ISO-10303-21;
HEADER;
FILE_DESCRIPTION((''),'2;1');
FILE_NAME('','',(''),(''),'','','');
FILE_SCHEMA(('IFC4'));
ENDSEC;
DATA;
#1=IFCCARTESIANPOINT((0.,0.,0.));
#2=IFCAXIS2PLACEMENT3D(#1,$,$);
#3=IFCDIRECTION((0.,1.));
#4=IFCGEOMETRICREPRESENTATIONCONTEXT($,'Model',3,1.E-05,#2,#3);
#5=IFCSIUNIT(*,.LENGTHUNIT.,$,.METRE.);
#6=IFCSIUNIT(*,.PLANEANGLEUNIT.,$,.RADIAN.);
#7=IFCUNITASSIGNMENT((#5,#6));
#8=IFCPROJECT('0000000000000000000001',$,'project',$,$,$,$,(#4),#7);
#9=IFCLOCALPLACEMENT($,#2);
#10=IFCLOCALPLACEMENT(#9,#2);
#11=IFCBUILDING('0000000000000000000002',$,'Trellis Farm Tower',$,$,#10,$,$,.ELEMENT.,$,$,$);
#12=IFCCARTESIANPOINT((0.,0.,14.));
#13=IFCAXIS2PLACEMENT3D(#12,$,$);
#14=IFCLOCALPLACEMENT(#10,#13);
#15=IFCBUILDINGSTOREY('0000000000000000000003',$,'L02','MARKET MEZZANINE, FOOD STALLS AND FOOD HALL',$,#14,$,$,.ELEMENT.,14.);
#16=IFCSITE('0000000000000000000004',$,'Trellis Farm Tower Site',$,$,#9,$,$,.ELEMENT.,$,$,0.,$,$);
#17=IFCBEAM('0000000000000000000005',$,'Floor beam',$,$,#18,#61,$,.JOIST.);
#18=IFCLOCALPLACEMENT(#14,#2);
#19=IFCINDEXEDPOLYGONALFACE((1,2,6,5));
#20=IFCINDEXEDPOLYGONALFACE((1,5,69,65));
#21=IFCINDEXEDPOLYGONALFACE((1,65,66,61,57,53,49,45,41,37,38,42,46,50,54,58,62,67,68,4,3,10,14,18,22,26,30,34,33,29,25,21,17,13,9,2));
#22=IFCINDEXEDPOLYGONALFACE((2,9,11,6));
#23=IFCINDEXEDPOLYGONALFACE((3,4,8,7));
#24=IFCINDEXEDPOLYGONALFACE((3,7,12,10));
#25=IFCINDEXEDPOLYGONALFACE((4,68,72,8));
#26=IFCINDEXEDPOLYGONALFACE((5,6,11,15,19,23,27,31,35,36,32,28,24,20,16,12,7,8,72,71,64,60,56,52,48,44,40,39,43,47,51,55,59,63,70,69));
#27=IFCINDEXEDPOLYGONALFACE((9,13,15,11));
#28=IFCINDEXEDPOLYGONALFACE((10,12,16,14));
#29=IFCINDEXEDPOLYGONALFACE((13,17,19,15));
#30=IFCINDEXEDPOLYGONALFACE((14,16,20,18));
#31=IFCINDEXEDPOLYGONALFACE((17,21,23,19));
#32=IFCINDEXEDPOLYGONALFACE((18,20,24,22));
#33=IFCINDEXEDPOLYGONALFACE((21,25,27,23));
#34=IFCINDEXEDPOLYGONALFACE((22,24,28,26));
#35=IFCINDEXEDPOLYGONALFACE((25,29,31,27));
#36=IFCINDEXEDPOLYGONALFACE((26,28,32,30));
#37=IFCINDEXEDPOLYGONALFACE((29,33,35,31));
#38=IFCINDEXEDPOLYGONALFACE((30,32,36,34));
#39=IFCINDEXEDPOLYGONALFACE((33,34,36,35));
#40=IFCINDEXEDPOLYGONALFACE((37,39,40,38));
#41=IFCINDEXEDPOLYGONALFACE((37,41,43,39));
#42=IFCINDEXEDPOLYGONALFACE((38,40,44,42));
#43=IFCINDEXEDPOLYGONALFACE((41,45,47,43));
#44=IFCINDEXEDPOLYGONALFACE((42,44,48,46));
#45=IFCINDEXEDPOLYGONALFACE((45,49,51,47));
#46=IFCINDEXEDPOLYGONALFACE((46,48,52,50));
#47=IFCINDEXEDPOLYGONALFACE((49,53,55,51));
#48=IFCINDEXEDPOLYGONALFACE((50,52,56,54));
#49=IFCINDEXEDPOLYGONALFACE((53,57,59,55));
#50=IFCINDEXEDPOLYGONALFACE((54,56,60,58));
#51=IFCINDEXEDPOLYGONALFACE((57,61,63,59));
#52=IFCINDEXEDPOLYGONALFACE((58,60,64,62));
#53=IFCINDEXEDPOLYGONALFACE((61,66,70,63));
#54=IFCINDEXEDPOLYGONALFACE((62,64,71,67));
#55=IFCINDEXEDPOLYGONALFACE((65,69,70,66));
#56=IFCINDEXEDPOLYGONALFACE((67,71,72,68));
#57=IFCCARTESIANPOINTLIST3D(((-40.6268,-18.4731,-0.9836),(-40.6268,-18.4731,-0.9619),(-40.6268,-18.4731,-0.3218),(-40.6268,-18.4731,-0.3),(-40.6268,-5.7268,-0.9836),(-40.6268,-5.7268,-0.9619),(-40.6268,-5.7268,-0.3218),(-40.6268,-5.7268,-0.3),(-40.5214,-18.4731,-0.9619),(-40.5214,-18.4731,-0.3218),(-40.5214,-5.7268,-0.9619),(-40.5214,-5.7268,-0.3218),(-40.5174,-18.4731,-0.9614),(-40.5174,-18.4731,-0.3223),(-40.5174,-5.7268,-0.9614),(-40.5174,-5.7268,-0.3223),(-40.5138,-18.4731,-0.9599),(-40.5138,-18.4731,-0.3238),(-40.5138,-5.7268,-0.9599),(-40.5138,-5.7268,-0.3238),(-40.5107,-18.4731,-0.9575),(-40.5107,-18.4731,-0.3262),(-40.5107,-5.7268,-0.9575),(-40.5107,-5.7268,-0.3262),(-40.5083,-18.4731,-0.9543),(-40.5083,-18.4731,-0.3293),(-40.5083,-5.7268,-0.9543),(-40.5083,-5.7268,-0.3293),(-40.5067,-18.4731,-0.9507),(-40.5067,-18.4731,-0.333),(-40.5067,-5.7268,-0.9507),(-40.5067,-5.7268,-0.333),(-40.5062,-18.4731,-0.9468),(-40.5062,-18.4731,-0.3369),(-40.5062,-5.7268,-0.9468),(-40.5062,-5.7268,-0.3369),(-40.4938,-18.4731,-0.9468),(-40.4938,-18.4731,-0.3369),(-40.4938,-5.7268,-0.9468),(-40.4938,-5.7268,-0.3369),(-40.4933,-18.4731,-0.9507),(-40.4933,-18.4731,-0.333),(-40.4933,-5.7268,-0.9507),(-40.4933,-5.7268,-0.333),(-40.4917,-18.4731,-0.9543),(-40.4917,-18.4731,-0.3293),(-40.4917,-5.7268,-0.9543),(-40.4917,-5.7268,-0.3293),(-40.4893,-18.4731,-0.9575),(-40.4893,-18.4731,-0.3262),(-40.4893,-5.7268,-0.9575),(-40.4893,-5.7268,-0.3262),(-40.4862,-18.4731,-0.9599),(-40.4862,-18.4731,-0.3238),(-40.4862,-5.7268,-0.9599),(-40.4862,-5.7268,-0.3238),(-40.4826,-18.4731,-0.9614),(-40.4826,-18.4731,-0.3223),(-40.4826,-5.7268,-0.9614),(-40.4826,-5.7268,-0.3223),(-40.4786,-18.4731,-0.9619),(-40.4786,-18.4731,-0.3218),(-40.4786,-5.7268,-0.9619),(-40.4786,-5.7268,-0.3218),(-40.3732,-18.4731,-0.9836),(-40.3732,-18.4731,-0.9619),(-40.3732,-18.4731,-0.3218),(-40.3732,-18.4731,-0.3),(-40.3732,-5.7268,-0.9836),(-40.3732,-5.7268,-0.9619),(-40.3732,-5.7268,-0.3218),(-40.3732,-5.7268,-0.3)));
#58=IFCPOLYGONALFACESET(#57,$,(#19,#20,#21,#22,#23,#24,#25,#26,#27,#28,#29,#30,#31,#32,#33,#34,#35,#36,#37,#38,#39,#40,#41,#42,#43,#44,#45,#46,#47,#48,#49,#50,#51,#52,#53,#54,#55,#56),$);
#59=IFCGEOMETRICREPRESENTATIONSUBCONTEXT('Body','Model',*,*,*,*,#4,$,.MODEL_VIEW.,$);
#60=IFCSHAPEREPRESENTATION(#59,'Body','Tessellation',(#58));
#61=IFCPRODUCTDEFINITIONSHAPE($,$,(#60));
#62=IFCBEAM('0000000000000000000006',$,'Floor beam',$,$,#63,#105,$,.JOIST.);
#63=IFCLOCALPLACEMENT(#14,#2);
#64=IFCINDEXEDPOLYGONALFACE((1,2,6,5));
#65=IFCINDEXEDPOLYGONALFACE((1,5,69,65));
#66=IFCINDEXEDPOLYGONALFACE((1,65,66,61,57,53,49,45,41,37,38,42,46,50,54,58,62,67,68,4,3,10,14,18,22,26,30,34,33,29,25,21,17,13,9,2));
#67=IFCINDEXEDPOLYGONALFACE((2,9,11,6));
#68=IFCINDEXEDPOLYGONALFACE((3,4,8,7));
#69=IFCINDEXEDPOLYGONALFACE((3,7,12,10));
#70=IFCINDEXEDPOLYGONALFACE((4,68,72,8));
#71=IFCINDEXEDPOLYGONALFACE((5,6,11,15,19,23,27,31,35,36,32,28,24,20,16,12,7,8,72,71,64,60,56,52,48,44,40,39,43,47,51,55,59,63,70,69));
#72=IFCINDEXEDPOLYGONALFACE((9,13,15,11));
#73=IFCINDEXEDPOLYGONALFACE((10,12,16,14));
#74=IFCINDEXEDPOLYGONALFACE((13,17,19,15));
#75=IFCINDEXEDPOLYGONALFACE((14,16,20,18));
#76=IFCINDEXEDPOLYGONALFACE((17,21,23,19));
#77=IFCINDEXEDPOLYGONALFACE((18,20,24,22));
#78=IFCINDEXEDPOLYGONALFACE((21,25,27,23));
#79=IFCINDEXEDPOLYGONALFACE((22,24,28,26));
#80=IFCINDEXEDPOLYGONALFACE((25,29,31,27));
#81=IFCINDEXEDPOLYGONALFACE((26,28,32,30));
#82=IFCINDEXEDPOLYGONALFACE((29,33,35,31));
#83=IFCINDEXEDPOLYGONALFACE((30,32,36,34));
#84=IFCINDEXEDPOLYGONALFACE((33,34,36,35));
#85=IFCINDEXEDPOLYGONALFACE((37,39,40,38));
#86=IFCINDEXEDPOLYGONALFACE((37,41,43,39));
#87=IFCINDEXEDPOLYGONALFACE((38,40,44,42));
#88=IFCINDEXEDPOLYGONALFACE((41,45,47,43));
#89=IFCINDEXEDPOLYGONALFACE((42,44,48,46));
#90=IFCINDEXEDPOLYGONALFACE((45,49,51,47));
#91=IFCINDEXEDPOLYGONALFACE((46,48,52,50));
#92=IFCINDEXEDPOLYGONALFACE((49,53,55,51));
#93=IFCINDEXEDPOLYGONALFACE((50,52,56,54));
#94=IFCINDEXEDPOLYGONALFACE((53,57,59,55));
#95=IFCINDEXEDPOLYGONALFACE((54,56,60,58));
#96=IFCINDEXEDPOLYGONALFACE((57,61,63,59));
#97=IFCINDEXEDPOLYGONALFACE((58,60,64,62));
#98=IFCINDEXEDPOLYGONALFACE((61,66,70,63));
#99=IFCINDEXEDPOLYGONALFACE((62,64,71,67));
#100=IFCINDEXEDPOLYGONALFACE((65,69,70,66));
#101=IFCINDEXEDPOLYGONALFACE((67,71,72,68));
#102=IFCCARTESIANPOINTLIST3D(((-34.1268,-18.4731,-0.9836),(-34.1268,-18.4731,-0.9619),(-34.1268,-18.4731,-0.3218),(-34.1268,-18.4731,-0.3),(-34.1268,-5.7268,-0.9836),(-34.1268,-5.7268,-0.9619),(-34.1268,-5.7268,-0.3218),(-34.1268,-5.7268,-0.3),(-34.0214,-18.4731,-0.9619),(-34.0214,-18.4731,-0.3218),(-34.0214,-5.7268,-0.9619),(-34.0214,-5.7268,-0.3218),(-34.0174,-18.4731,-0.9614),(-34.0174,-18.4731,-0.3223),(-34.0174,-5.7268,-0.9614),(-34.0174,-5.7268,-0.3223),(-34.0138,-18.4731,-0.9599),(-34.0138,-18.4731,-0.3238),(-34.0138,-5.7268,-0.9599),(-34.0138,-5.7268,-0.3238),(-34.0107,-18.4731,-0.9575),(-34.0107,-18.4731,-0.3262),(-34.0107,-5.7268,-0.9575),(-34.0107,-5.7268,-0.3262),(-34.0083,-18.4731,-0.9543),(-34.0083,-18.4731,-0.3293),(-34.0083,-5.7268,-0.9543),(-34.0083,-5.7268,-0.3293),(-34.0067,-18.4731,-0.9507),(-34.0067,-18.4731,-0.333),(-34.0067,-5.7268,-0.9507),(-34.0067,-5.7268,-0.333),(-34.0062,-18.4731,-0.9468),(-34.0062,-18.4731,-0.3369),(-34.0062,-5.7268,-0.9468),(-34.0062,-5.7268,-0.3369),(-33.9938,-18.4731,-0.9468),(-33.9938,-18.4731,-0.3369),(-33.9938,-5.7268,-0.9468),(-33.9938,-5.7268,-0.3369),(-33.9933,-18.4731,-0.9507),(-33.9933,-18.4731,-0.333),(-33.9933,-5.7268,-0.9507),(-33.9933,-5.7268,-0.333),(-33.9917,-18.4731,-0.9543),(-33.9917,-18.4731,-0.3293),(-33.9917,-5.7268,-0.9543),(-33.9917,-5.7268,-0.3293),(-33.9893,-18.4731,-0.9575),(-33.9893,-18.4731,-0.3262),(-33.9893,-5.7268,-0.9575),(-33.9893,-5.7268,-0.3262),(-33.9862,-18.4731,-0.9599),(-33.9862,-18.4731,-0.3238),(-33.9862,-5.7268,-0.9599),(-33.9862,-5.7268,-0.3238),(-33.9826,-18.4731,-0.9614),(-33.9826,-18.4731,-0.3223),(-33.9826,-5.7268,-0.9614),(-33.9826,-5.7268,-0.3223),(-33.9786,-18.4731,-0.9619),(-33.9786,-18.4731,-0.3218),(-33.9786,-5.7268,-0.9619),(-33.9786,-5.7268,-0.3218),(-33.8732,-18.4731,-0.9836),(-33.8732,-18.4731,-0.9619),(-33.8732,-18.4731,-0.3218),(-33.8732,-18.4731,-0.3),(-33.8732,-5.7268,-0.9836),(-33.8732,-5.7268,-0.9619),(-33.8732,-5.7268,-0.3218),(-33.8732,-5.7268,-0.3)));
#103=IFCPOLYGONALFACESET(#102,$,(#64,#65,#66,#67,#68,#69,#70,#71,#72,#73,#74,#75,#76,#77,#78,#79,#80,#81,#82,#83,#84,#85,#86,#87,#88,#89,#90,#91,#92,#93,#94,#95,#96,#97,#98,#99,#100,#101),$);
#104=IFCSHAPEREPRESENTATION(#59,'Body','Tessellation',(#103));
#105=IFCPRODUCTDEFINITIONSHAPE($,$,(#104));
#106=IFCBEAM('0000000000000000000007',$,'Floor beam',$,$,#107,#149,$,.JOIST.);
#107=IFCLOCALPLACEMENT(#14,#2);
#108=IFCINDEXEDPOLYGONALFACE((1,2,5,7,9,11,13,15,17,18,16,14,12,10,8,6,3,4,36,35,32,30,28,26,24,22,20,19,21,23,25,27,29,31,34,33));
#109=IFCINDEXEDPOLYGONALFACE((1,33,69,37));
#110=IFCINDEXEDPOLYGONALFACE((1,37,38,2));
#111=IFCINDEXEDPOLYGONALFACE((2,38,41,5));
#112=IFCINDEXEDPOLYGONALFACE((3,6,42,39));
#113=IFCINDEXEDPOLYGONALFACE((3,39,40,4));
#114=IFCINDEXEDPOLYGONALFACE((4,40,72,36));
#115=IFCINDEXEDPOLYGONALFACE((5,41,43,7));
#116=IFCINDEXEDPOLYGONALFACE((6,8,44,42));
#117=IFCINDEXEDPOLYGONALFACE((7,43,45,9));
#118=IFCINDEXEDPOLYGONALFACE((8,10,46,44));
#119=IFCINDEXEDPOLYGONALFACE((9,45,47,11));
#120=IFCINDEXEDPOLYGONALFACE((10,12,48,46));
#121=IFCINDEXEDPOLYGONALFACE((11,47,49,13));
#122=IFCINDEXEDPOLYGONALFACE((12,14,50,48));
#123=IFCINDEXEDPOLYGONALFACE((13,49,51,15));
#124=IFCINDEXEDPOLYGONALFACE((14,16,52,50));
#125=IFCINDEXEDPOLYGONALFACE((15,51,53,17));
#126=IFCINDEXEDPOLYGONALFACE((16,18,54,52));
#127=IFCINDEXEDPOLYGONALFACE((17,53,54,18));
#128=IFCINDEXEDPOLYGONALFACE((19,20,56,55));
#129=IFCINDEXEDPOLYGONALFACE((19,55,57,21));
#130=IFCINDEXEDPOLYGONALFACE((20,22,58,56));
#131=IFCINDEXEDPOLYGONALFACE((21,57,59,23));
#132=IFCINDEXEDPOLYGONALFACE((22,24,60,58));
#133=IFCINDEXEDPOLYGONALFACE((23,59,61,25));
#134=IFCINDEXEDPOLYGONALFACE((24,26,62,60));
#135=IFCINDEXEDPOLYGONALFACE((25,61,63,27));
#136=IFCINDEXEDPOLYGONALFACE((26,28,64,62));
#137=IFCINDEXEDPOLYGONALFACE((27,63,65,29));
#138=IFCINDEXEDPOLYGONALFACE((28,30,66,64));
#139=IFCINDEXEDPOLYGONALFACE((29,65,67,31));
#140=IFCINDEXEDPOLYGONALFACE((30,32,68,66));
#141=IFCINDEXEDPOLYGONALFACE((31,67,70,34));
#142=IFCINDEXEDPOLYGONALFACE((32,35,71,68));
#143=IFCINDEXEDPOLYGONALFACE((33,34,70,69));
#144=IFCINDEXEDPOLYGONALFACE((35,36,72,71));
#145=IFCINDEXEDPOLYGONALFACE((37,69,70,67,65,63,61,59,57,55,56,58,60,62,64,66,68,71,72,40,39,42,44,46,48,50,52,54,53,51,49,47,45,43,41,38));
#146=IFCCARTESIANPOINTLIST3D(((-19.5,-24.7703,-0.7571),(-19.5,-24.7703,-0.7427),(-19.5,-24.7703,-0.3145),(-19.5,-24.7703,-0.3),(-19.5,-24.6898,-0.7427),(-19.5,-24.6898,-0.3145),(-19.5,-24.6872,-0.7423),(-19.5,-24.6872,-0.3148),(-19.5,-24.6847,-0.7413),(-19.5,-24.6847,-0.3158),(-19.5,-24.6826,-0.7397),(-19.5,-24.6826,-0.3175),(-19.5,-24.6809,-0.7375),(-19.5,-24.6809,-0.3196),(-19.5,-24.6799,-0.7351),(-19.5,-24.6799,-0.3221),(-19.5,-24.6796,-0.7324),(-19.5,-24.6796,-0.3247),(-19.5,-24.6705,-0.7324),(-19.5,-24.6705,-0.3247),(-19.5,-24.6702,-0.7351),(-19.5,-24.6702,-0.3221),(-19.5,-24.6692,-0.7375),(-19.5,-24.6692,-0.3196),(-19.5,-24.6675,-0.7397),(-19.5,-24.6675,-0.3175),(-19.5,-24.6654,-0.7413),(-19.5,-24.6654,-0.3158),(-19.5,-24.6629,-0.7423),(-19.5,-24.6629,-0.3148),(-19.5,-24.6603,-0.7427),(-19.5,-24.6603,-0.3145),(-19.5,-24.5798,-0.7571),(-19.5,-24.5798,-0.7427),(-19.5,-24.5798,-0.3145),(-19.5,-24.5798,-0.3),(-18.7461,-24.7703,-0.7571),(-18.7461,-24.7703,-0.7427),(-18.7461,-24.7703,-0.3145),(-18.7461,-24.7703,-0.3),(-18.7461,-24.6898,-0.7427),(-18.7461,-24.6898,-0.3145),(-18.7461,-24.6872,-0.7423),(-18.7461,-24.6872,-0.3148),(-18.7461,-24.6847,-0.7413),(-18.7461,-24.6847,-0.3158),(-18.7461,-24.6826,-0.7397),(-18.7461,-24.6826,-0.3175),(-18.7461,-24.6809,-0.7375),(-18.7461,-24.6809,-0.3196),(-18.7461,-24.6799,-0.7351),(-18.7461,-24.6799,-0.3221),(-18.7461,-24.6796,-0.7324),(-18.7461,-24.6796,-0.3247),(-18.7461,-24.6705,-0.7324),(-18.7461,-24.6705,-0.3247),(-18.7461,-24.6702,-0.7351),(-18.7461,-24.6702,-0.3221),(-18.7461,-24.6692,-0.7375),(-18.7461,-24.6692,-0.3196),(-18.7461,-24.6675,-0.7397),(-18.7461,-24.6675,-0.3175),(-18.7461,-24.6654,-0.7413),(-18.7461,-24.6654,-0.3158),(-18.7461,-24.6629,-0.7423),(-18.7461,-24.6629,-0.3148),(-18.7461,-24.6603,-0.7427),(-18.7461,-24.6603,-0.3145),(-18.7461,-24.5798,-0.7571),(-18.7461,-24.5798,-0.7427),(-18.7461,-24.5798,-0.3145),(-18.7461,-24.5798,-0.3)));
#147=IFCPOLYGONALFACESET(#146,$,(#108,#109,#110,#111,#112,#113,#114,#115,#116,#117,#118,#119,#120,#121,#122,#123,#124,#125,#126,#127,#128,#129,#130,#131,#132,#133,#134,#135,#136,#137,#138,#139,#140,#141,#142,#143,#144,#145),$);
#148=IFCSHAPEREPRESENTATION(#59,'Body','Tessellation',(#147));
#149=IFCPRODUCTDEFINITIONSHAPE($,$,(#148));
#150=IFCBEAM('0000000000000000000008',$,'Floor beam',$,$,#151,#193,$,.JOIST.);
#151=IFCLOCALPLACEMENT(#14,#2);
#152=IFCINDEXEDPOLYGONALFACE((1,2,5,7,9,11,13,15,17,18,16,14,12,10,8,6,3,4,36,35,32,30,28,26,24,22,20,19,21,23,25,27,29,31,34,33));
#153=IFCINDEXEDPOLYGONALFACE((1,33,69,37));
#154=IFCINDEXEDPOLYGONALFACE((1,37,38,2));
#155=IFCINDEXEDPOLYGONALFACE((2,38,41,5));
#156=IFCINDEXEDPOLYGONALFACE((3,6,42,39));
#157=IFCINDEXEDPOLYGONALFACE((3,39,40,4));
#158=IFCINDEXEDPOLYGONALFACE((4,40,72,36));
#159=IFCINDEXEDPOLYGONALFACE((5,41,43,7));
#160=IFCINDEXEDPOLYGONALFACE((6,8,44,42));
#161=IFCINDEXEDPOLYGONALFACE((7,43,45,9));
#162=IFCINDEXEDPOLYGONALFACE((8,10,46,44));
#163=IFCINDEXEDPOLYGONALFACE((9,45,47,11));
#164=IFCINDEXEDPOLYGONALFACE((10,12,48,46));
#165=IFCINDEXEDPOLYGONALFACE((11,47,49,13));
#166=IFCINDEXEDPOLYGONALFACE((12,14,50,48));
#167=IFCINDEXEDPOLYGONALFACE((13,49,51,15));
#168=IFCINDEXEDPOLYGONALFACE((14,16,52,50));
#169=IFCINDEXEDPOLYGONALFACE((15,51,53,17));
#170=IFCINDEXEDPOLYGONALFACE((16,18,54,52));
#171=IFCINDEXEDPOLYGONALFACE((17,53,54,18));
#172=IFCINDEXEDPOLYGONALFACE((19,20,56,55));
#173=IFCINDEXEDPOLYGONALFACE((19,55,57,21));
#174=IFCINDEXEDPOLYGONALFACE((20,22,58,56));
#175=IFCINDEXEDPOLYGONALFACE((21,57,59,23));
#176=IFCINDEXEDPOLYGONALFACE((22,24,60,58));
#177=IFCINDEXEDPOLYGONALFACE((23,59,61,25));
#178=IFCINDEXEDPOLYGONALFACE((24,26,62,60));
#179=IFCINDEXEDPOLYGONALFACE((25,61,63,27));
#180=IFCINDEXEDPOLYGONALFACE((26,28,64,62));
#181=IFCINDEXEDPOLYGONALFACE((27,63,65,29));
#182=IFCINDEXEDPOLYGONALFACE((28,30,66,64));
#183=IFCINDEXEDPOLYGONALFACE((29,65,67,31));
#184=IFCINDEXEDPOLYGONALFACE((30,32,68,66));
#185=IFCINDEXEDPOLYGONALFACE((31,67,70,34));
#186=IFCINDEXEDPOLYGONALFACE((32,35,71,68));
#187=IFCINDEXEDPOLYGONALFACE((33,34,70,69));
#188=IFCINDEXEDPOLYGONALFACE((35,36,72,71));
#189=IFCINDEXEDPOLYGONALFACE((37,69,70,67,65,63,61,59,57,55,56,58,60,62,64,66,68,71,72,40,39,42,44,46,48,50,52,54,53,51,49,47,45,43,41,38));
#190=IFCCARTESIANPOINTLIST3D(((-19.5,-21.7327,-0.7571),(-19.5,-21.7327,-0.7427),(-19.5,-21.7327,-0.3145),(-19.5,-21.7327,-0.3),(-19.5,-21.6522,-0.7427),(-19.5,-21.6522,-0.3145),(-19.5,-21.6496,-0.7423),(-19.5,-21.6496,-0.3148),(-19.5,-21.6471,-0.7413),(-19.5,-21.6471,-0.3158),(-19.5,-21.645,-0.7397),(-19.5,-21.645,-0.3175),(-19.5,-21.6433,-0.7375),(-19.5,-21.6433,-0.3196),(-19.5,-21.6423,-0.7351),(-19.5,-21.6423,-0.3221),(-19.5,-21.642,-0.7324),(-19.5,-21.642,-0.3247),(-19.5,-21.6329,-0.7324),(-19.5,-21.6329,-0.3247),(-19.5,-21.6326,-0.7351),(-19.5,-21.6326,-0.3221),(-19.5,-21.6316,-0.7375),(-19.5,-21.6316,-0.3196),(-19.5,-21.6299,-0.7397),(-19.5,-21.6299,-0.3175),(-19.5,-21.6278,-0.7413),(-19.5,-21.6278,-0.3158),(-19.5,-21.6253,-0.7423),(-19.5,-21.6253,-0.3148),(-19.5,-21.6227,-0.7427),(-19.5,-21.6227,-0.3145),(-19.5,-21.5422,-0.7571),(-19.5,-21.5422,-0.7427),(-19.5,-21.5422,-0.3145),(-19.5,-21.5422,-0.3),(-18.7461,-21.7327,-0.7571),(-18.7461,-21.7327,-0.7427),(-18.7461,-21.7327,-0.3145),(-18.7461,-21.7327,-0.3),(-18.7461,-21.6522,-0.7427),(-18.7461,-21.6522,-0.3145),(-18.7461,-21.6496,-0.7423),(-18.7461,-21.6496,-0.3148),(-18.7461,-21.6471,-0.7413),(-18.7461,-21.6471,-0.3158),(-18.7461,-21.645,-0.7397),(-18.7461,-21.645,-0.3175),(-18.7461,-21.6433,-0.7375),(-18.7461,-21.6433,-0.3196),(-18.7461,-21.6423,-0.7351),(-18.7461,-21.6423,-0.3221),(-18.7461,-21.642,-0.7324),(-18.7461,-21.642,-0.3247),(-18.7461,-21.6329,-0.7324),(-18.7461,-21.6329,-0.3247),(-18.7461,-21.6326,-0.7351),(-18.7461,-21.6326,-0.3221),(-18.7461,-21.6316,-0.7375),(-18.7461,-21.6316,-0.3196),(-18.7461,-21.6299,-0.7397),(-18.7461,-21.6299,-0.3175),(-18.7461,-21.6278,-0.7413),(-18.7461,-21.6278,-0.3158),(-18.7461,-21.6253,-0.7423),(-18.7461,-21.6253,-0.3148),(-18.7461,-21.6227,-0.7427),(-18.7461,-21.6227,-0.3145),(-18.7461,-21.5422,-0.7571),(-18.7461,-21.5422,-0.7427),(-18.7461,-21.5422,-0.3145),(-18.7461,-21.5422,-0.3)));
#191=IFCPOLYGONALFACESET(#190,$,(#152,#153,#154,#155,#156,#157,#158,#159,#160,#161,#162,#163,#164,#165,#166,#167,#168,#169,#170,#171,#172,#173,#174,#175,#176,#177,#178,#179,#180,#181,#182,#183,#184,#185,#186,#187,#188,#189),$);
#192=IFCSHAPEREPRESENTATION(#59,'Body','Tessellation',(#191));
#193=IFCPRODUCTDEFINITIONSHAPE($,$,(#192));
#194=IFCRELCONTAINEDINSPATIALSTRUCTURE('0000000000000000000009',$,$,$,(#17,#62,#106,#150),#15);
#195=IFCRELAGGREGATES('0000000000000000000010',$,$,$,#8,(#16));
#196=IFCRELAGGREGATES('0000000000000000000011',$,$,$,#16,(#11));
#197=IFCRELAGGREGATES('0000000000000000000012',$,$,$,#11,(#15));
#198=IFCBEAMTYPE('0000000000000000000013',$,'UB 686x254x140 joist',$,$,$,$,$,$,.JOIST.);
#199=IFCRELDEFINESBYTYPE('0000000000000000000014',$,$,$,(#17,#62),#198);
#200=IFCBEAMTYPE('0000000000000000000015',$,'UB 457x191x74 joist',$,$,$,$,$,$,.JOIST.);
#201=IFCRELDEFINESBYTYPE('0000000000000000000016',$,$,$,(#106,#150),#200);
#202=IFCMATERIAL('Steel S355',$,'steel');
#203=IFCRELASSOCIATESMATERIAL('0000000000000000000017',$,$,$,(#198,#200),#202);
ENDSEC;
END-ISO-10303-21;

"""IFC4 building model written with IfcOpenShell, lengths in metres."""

from ifc_helpers import new_model, si_unit, direction, frame, origin, origin_2d, place, context, subcontext, project, spatial, i_section, extrude, source, transform, mapped, material, material_profile, profile_set, type_object, element, save


model = new_model("IFC4")

# Units and contexts
model_context = context("Model", 3, precision=1e-05, world=origin(), true_north=direction((0.0, 1.0)))
body_context = subcontext(model_context, "Body", "Model", "MODEL_VIEW")
ifc_project = project(units=[si_unit("LENGTHUNIT", "METRE"), si_unit("PLANEANGLEUNIT", "RADIAN")], contexts=[model_context])

# Site, building, storey
site_placement = place(None, origin())
site = spatial("IfcSite", under=ifc_project, at=site_placement, Name="Trellis Farm Tower Site", CompositionType="ELEMENT", RefElevation=0.0)
building_placement = place(site_placement, origin())
building = spatial("IfcBuilding", under=site, at=building_placement, Name="Trellis Farm Tower", CompositionType="ELEMENT")
storey_placement = place(building_placement, frame((0.0, 0.0, 14.0)))
storey = spatial("IfcBuildingStorey", under=building, at=storey_placement, Name="L02", Description="MARKET MEZZANINE, FOOD STALLS AND FOOD HALL", CompositionType="ELEMENT", Elevation=14.0)

# Beams
ifc_material_1 = material(Name="Steel S355", Category="steel")
ifc_material_profile_1 = material_profile(ifc_material_1, i_section(OverallWidth=0.2537, OverallDepth=0.6836, WebThickness=0.0125, FlangeThickness=0.0217, FilletRadius=0.0151, at=origin_2d()), Name="UB 686x254x140")
ifc_profile_set_1 = profile_set([ifc_material_profile_1], Name="Steel S355")
beam_type_1 = type_object("IfcBeamType", Name="UB 686x254x140 joist", PredefinedType="JOIST", material=ifc_profile_set_1)
shared_shape_1 = source(origin(), body_context, "Body", "SweptSolid", [
    extrude(i_section(OverallWidth=0.2537, OverallDepth=0.6836, WebThickness=0.0125, FlangeThickness=0.0217, FilletRadius=0.0151, at=origin_2d()), origin(), (0.0, 0.0, 1.0), 12.7463),
])
for number, where, z_axis, x_axis, name in (
    (1, (-40.5, -18.4731, -0.6418), (0.0, 1.0, 0.0), (-1.0, 0.0, 0.0), "Floor beam"),
    (2, (-34.0, -18.4731, -0.6418), (0.0, 1.0, 0.0), (-1.0, 0.0, 0.0), "Floor beam"),
):
    element("IfcBeam", number, at=place(storey_placement, frame(where, z_axis=z_axis, x_axis=x_axis)), inside=storey, type_object=beam_type_1, Name=name, PredefinedType="JOIST", context=body_context, shape_type="MappedRepresentation", body=[
        mapped(shared_shape_1, transform((0.0, 0.0, 0.0))),
    ])
ifc_material_profile_2 = material_profile(ifc_material_1, i_section(OverallWidth=0.1904, OverallDepth=0.457, WebThickness=0.009, FlangeThickness=0.0144, FilletRadius=0.0103, at=origin_2d()), Name="UB 457x191x74")
ifc_profile_set_2 = profile_set([ifc_material_profile_2], Name="Steel S355")
beam_type_2 = type_object("IfcBeamType", Name="UB 457x191x74 joist", PredefinedType="JOIST", material=ifc_profile_set_2)
shared_shape_2 = source(origin(), body_context, "Body", "SweptSolid", [
    extrude(i_section(OverallWidth=0.1904, OverallDepth=0.457, WebThickness=0.009, FlangeThickness=0.0144, FilletRadius=0.0103, at=origin_2d()), origin(), (0.0, 0.0, 1.0), 0.7539),
])
for number, where, z_axis, x_axis, name in (
    (3, (-19.5, -24.675, -0.5286), (1.0, 0.0, 0.0), (0.0, 1.0, 0.0), "Floor beam"),
    (4, (-19.5, -21.6375, -0.5286), (1.0, 0.0, 0.0), (0.0, 1.0, 0.0), "Floor beam"),
):
    element("IfcBeam", number, at=place(storey_placement, frame(where, z_axis=z_axis, x_axis=x_axis)), inside=storey, type_object=beam_type_2, Name=name, PredefinedType="JOIST", context=body_context, shape_type="MappedRepresentation", body=[
        mapped(shared_shape_2, transform((0.0, 0.0, 0.0))),
    ])

save(model, "model.ifc")
